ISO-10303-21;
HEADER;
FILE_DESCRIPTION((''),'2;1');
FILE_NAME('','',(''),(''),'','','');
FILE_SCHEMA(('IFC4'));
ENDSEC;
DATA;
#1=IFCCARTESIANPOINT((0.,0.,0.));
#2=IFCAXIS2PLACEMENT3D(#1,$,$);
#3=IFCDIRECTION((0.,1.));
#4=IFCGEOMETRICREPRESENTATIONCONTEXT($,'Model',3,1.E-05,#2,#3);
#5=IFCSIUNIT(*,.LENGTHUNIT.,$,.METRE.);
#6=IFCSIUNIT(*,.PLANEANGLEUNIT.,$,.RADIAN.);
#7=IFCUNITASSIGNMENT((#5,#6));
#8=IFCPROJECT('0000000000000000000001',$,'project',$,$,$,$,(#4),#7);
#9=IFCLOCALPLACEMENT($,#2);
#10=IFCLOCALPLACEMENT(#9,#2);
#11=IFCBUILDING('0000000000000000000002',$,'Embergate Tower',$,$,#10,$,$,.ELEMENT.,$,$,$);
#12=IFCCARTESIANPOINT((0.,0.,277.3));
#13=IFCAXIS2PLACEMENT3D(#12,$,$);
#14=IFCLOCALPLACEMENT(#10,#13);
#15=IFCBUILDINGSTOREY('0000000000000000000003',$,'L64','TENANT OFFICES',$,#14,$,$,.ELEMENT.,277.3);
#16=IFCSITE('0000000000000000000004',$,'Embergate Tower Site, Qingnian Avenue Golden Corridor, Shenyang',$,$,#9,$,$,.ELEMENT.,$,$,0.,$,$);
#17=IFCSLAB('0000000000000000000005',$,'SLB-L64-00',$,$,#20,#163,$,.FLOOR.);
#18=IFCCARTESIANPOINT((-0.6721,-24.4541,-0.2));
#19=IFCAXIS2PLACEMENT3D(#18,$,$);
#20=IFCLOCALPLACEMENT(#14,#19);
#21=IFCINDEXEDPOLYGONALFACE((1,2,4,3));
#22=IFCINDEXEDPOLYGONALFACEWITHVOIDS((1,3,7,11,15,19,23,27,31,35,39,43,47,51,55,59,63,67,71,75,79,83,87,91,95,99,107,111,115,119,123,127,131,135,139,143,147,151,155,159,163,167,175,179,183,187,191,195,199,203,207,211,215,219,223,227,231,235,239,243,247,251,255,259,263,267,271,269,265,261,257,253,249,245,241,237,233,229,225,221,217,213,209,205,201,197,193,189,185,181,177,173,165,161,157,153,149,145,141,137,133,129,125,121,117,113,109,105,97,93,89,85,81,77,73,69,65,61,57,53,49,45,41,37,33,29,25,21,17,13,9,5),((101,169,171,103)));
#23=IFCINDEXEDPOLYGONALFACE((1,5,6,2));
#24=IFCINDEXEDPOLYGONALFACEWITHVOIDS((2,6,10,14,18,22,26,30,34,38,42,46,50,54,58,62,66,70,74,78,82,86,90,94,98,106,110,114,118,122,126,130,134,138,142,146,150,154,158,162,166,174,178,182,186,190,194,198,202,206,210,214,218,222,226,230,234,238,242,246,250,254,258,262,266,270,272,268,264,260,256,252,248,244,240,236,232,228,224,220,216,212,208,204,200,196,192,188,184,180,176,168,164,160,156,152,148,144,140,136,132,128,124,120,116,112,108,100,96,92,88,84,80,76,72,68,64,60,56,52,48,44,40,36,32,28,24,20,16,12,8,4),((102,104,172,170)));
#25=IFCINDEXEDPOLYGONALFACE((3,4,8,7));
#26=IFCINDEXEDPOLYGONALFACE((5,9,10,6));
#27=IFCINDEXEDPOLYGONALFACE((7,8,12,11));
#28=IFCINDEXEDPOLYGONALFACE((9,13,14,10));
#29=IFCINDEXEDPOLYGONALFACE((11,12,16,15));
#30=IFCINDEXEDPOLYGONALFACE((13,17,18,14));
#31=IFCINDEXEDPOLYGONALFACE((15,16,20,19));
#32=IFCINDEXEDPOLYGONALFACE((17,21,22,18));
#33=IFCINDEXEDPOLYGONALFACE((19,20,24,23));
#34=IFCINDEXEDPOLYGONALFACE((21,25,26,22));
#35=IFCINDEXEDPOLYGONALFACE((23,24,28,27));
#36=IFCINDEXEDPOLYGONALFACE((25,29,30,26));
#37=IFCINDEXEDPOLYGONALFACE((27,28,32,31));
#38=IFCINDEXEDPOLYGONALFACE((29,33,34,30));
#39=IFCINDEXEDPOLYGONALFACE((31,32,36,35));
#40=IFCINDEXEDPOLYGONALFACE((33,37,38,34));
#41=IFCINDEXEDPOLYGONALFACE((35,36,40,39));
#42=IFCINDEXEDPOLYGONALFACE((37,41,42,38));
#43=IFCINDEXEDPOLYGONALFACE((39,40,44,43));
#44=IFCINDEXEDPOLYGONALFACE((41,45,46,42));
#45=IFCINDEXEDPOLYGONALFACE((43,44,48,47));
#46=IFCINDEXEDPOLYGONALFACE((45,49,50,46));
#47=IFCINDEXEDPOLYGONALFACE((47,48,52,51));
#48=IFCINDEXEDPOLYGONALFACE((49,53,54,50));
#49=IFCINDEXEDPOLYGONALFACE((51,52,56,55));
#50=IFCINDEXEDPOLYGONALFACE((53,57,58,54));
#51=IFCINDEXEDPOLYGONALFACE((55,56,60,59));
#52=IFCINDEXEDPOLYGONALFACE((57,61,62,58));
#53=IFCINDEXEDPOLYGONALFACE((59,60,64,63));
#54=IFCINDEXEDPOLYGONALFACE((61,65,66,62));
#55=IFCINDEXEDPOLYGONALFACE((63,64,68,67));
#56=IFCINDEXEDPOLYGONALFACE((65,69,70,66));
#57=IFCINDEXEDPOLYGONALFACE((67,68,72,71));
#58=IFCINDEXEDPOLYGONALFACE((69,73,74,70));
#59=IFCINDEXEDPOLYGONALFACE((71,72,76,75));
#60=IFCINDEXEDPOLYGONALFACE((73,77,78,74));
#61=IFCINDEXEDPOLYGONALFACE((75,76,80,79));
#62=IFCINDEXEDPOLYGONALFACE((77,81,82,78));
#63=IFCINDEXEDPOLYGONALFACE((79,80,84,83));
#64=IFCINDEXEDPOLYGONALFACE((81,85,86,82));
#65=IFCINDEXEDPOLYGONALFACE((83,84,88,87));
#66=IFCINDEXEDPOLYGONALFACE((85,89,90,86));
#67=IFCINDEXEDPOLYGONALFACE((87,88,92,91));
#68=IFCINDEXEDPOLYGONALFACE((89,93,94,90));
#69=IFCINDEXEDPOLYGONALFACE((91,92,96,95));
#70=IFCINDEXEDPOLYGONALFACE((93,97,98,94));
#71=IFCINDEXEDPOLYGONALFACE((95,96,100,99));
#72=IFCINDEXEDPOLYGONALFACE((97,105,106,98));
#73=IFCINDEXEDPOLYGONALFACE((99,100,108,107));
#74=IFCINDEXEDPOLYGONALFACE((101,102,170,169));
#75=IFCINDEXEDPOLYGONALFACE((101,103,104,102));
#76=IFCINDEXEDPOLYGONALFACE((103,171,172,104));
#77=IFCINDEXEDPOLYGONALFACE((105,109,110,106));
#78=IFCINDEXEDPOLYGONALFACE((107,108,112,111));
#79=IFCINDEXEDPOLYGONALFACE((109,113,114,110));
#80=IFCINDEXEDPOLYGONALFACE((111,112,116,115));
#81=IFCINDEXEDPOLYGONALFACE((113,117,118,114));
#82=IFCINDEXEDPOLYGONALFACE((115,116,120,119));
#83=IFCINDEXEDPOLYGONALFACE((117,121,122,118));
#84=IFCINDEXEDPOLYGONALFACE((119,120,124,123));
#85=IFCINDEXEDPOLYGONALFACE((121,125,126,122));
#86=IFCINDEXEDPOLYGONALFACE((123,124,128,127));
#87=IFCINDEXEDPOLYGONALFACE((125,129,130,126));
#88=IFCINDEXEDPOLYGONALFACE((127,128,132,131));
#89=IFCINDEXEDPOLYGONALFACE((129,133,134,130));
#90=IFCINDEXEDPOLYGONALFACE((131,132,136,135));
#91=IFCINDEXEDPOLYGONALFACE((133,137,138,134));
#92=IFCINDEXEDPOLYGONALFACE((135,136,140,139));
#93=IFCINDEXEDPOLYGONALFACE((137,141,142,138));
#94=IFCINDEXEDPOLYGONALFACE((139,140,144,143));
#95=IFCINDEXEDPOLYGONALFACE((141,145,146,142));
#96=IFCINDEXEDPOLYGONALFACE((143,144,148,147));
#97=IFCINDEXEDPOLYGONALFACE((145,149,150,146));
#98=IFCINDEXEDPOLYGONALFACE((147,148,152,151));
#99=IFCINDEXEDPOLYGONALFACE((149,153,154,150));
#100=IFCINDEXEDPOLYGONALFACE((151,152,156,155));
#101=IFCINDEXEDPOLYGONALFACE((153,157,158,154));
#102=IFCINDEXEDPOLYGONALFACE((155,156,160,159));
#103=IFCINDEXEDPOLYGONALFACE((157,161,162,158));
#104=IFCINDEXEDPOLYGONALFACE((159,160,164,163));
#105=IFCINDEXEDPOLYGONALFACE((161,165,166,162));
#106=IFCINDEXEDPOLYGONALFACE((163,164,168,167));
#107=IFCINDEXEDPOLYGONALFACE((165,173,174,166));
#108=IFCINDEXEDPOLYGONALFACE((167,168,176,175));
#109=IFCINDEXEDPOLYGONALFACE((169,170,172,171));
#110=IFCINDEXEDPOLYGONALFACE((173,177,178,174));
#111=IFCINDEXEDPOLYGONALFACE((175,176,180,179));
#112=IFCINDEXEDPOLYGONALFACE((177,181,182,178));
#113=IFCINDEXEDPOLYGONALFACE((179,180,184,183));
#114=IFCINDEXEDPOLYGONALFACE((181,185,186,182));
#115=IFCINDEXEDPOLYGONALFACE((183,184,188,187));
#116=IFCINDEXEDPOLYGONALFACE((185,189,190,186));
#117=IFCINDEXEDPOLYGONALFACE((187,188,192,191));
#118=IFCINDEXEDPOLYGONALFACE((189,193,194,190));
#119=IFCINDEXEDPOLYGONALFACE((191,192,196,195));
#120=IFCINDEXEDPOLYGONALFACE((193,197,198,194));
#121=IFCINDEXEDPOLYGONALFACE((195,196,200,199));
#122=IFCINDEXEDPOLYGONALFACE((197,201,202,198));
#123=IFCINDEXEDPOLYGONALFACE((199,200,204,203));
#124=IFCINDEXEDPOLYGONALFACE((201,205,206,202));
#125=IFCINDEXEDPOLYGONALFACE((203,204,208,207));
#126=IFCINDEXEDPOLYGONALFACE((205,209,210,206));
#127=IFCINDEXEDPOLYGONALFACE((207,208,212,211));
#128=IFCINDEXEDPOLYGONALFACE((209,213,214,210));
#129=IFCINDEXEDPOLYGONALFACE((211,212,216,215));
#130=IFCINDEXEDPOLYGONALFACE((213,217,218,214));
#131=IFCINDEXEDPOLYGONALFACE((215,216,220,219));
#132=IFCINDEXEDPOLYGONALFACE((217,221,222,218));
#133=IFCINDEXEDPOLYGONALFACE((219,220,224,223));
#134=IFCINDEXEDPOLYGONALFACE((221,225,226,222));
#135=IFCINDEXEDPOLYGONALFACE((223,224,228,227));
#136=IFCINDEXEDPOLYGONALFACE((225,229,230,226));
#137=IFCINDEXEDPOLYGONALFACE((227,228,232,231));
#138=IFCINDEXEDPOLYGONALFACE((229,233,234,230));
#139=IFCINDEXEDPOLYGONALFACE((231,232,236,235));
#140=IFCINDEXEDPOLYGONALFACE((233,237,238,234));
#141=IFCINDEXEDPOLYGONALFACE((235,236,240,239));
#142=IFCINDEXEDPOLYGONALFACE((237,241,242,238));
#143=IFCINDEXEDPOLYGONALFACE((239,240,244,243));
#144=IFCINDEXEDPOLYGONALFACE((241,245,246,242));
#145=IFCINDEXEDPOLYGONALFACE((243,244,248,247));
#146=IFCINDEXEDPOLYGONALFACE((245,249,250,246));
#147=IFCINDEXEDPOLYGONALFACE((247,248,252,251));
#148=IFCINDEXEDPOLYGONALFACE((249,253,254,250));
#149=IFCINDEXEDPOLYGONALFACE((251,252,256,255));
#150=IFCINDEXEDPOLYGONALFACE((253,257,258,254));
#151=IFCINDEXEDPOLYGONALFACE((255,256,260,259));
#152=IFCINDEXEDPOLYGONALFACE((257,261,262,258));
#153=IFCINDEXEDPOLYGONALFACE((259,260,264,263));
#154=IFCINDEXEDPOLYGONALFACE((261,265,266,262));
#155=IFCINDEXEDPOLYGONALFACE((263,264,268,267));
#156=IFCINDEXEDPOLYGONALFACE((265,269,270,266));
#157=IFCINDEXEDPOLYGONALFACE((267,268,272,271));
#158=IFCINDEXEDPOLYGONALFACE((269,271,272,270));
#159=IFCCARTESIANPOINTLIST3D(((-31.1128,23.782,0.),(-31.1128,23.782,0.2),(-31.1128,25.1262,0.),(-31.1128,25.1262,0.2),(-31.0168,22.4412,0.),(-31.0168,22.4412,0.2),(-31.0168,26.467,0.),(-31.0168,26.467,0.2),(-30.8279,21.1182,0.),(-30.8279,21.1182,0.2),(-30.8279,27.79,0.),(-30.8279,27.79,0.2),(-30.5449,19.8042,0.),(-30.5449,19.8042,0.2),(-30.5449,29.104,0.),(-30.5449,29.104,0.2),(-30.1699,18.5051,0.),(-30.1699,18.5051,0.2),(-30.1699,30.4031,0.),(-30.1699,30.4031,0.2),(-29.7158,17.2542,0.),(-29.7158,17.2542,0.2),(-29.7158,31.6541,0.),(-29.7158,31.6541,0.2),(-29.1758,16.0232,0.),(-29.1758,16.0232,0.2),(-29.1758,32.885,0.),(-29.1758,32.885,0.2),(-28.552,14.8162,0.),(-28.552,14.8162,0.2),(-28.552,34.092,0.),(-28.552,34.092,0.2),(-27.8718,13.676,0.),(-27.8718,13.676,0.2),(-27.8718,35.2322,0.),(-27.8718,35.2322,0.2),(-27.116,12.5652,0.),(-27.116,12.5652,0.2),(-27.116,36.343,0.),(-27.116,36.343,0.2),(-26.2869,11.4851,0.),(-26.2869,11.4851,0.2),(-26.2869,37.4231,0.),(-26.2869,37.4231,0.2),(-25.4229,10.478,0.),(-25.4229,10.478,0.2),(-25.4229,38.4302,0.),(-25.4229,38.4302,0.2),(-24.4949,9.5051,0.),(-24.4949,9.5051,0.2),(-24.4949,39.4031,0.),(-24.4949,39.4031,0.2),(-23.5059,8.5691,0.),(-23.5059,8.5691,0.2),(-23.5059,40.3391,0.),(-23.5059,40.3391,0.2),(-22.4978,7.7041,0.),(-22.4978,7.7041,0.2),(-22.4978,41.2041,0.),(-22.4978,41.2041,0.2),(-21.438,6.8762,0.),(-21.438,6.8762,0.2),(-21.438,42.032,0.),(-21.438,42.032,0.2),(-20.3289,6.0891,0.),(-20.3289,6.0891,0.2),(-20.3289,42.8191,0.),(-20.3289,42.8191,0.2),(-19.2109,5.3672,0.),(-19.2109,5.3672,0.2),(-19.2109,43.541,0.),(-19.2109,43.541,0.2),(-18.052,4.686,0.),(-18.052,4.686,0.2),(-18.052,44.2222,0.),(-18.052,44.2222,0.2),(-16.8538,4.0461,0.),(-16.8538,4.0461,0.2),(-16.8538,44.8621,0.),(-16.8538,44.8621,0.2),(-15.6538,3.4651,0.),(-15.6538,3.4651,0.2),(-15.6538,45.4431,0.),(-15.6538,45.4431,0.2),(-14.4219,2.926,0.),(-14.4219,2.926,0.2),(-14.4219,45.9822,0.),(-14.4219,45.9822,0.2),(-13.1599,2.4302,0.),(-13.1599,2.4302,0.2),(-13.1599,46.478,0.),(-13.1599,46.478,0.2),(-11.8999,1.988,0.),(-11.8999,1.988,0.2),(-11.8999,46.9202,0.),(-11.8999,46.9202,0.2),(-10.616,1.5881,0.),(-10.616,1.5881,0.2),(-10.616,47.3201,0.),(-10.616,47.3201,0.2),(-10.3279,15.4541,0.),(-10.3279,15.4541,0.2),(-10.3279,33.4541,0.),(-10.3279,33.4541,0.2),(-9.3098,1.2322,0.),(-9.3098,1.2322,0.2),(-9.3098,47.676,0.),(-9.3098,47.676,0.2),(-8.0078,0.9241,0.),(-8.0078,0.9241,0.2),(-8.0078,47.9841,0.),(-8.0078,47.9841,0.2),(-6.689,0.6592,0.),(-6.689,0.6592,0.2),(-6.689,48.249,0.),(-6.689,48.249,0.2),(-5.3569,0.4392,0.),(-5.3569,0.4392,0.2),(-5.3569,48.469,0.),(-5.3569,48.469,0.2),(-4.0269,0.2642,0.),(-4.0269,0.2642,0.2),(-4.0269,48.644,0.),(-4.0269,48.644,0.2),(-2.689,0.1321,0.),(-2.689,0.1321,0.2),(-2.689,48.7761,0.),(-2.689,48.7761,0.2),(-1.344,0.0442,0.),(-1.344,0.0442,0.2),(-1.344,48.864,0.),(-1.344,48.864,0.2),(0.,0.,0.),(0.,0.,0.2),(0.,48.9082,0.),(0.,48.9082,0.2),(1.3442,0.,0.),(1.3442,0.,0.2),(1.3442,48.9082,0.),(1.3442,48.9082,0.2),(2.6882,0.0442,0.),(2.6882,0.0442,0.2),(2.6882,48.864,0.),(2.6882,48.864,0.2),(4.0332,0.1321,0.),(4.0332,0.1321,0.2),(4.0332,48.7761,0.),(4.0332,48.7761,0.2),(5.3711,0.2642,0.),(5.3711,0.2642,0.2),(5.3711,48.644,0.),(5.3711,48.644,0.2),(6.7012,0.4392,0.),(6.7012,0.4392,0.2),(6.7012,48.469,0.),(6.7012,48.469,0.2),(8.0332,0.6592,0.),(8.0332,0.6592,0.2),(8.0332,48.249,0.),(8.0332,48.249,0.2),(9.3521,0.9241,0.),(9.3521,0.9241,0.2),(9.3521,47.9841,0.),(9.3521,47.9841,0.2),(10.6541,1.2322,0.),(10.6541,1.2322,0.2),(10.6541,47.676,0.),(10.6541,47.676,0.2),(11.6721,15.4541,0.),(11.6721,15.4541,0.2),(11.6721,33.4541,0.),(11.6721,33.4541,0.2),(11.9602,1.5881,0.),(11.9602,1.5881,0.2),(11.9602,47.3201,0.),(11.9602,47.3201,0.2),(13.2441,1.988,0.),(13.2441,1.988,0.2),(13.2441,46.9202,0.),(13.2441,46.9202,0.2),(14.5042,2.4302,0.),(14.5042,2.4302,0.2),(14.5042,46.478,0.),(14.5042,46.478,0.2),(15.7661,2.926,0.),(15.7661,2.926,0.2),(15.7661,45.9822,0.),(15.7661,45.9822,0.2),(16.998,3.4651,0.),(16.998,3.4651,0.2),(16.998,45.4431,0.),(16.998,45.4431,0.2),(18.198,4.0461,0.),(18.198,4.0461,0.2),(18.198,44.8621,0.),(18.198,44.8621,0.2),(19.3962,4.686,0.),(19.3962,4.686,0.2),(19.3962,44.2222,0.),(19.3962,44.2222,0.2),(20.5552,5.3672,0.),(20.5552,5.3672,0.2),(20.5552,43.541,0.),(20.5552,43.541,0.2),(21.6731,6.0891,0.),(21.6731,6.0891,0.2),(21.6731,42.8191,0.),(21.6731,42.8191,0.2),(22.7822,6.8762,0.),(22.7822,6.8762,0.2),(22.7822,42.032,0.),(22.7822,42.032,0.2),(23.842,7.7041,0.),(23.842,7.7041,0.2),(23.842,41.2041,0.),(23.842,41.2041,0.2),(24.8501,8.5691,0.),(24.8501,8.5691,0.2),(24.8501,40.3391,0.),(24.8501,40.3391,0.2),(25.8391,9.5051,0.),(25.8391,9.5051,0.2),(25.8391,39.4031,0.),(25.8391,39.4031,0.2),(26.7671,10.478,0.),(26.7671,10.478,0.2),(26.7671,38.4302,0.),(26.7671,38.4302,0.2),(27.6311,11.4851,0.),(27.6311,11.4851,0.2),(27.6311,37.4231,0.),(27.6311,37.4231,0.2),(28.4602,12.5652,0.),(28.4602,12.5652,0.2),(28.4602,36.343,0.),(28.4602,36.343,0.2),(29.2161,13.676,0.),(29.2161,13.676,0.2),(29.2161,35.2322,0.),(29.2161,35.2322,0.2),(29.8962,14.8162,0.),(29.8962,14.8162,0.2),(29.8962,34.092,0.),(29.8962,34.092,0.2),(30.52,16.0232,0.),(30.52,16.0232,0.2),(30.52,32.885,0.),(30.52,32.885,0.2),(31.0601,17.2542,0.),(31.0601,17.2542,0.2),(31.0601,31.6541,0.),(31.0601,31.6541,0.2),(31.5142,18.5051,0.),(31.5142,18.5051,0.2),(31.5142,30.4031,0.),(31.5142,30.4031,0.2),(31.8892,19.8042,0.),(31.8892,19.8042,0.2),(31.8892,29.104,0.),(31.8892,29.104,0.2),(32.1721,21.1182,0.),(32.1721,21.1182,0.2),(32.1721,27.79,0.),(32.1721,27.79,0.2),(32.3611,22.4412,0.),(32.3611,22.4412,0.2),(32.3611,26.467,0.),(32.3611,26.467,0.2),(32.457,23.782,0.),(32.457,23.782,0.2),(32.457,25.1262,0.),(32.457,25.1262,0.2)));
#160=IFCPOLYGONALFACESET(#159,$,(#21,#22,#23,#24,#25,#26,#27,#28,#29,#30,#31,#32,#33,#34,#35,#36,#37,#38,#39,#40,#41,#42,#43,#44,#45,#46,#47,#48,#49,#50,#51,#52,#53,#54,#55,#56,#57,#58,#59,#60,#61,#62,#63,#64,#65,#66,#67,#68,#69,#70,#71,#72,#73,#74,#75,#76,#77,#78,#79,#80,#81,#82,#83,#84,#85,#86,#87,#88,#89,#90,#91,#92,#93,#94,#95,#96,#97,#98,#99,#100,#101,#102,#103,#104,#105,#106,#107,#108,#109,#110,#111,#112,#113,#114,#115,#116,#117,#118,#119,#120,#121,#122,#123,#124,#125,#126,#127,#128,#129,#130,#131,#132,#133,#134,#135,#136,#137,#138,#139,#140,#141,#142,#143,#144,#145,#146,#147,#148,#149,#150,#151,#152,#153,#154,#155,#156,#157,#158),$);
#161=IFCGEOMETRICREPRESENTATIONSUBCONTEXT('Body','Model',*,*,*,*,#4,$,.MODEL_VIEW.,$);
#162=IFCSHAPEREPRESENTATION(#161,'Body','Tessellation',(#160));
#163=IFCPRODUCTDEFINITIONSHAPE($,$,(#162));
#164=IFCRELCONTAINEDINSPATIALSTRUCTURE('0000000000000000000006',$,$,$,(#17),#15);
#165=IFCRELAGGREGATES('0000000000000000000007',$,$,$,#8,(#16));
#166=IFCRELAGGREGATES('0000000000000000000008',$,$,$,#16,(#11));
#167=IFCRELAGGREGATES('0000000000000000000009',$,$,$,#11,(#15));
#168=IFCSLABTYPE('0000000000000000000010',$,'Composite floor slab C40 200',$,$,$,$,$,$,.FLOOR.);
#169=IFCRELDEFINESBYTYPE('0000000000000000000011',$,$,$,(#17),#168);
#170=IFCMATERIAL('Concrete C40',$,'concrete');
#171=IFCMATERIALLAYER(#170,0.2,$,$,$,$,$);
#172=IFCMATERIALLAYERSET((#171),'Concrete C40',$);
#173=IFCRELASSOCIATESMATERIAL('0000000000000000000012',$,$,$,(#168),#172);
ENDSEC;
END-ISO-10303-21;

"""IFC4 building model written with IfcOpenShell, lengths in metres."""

from ifc_helpers import new_model, si_unit, direction, frame, origin, place, context, subcontext, project, spatial, polyline, outline, extrude, source, transform, mapped, material, layer, layer_set, type_object, element, save


model = new_model("IFC4")

# Units and contexts
model_context = context("Model", 3, precision=1e-05, world=origin(), true_north=direction((0.0, 1.0)))
body_context = subcontext(model_context, "Body", "Model", "MODEL_VIEW")
ifc_project = project(units=[si_unit("LENGTHUNIT", "METRE"), si_unit("PLANEANGLEUNIT", "RADIAN")], contexts=[model_context])

# Site, building, storey
site_placement = place(None, origin())
site = spatial("IfcSite", under=ifc_project, at=site_placement, Name="Embergate Tower Site, Qingnian Avenue Golden Corridor, Shenyang", CompositionType="ELEMENT", RefElevation=0.0)
building_placement = place(site_placement, origin())
building = spatial("IfcBuilding", under=site, at=building_placement, Name="Embergate Tower", CompositionType="ELEMENT")
storey_placement = place(building_placement, frame((0.0, 0.0, 277.3)))
storey = spatial("IfcBuildingStorey", under=building, at=storey_placement, Name="L64", Description="TENANT OFFICES", CompositionType="ELEMENT", Elevation=277.3)

# Slab
ifc_material_1 = material(Name="Concrete C40", Category="concrete")
ifc_layer_1 = layer(ifc_material_1, 0.2)
ifc_layer_set_1 = layer_set([ifc_layer_1], Name="Concrete C40")
slab_type = type_object("IfcSlabType", Name="Composite floor slab C40 200", PredefinedType="FLOOR", material=ifc_layer_set_1)
shared_shape_1 = source(origin(), body_context, "Body", "SweptSolid", [
    extrude(outline(polyline([(0.0, 0.0), (1.3442, 0.0), (2.6882, 0.0442), (4.0332, 0.1321), (5.3711, 0.2642), (6.7012, 0.4392), (8.0332, 0.6592), (9.3521, 0.9241), (10.6541, 1.2322), (11.9602, 1.5881), (13.2441, 1.988), (14.5042, 2.4302), (15.7661, 2.926), (16.998, 3.4651), (18.198, 4.0461), (19.3962, 4.686), (20.5552, 5.3672), (21.6731, 6.0891), (22.7822, 6.8762), (23.842, 7.7041), (24.8501, 8.5691), (25.8391, 9.5051), (26.7671, 10.478), (27.6311, 11.4851), (28.4602, 12.5652), (29.2161, 13.676), (29.8962, 14.8162), (30.52, 16.0232), (31.0601, 17.2542), (31.5142, 18.5051), (31.8892, 19.8042), (32.1721, 21.1182), (32.3611, 22.4412), (32.457, 23.782), (32.457, 25.1262), (32.3611, 26.467), (32.1721, 27.79), (31.8892, 29.104), (31.5142, 30.4031), (31.0601, 31.6541), (30.52, 32.885), (29.8962, 34.092), (29.2161, 35.2322), (28.4602, 36.343), (27.6311, 37.4231), (26.7671, 38.4302), (25.8391, 39.4031), (24.8501, 40.3391), (23.842, 41.2041), (22.7822, 42.032), (21.6731, 42.8191), (20.5552, 43.541), (19.3962, 44.2222), (18.198, 44.8621), (16.998, 45.4431), (15.7661, 45.9822), (14.5042, 46.478), (13.2441, 46.9202), (11.9602, 47.3201), (10.6541, 47.676), (9.3521, 47.9841), (8.0332, 48.249), (6.7012, 48.469), (5.3711, 48.644), (4.0332, 48.7761), (2.6882, 48.864), (1.3442, 48.9082), (0.0, 48.9082), (-1.344, 48.864), (-2.689, 48.7761), (-4.0269, 48.644), (-5.3569, 48.469), (-6.689, 48.249), (-8.0078, 47.9841), (-9.3098, 47.676), (-10.616, 47.3201), (-11.8999, 46.9202), (-13.1599, 46.478), (-14.4219, 45.9822), (-15.6538, 45.4431), (-16.8538, 44.8621), (-18.052, 44.2222), (-19.2109, 43.541), (-20.3289, 42.8191), (-21.438, 42.032), (-22.4978, 41.2041), (-23.5059, 40.3391), (-24.4949, 39.4031), (-25.4229, 38.4302), (-26.2869, 37.4231), (-27.116, 36.343), (-27.8718, 35.2322), (-28.552, 34.092), (-29.1758, 32.885), (-29.7158, 31.6541), (-30.1699, 30.4031), (-30.5449, 29.104), (-30.8279, 27.79), (-31.0168, 26.467), (-31.1128, 25.1262), (-31.1128, 23.782), (-31.0168, 22.4412), (-30.8279, 21.1182), (-30.5449, 19.8042), (-30.1699, 18.5051), (-29.7158, 17.2542), (-29.1758, 16.0232), (-28.552, 14.8162), (-27.8718, 13.676), (-27.116, 12.5652), (-26.2869, 11.4851), (-25.4229, 10.478), (-24.4949, 9.5051), (-23.5059, 8.5691), (-22.4978, 7.7041), (-21.438, 6.8762), (-20.3289, 6.0891), (-19.2109, 5.3672), (-18.052, 4.686), (-16.8538, 4.0461), (-15.6538, 3.4651), (-14.4219, 2.926), (-13.1599, 2.4302), (-11.8999, 1.988), (-10.616, 1.5881), (-9.3098, 1.2322), (-8.0078, 0.9241), (-6.689, 0.6592), (-5.3569, 0.4392), (-4.0269, 0.2642), (-2.689, 0.1321), (-1.344, 0.0442), (0.0, 0.0)]), holes=[polyline([(-10.3279, 15.4541), (-10.3279, 33.4541), (11.6721, 33.4541), (11.6721, 15.4541), (-10.3279, 15.4541)])]), origin(), (0.0, 0.0, 1.0), 0.2),
])
slab_placement = place(storey_placement, frame((-0.6721, -24.4541, -0.2)))
element("IfcSlab", 1, at=slab_placement, inside=storey, type_object=slab_type, Name="SLB-L64-00", PredefinedType="FLOOR", context=body_context, shape_type="MappedRepresentation", body=[
    mapped(shared_shape_1, transform((0.0, 0.0, 0.0))),
])

save(model, "model.ifc")
